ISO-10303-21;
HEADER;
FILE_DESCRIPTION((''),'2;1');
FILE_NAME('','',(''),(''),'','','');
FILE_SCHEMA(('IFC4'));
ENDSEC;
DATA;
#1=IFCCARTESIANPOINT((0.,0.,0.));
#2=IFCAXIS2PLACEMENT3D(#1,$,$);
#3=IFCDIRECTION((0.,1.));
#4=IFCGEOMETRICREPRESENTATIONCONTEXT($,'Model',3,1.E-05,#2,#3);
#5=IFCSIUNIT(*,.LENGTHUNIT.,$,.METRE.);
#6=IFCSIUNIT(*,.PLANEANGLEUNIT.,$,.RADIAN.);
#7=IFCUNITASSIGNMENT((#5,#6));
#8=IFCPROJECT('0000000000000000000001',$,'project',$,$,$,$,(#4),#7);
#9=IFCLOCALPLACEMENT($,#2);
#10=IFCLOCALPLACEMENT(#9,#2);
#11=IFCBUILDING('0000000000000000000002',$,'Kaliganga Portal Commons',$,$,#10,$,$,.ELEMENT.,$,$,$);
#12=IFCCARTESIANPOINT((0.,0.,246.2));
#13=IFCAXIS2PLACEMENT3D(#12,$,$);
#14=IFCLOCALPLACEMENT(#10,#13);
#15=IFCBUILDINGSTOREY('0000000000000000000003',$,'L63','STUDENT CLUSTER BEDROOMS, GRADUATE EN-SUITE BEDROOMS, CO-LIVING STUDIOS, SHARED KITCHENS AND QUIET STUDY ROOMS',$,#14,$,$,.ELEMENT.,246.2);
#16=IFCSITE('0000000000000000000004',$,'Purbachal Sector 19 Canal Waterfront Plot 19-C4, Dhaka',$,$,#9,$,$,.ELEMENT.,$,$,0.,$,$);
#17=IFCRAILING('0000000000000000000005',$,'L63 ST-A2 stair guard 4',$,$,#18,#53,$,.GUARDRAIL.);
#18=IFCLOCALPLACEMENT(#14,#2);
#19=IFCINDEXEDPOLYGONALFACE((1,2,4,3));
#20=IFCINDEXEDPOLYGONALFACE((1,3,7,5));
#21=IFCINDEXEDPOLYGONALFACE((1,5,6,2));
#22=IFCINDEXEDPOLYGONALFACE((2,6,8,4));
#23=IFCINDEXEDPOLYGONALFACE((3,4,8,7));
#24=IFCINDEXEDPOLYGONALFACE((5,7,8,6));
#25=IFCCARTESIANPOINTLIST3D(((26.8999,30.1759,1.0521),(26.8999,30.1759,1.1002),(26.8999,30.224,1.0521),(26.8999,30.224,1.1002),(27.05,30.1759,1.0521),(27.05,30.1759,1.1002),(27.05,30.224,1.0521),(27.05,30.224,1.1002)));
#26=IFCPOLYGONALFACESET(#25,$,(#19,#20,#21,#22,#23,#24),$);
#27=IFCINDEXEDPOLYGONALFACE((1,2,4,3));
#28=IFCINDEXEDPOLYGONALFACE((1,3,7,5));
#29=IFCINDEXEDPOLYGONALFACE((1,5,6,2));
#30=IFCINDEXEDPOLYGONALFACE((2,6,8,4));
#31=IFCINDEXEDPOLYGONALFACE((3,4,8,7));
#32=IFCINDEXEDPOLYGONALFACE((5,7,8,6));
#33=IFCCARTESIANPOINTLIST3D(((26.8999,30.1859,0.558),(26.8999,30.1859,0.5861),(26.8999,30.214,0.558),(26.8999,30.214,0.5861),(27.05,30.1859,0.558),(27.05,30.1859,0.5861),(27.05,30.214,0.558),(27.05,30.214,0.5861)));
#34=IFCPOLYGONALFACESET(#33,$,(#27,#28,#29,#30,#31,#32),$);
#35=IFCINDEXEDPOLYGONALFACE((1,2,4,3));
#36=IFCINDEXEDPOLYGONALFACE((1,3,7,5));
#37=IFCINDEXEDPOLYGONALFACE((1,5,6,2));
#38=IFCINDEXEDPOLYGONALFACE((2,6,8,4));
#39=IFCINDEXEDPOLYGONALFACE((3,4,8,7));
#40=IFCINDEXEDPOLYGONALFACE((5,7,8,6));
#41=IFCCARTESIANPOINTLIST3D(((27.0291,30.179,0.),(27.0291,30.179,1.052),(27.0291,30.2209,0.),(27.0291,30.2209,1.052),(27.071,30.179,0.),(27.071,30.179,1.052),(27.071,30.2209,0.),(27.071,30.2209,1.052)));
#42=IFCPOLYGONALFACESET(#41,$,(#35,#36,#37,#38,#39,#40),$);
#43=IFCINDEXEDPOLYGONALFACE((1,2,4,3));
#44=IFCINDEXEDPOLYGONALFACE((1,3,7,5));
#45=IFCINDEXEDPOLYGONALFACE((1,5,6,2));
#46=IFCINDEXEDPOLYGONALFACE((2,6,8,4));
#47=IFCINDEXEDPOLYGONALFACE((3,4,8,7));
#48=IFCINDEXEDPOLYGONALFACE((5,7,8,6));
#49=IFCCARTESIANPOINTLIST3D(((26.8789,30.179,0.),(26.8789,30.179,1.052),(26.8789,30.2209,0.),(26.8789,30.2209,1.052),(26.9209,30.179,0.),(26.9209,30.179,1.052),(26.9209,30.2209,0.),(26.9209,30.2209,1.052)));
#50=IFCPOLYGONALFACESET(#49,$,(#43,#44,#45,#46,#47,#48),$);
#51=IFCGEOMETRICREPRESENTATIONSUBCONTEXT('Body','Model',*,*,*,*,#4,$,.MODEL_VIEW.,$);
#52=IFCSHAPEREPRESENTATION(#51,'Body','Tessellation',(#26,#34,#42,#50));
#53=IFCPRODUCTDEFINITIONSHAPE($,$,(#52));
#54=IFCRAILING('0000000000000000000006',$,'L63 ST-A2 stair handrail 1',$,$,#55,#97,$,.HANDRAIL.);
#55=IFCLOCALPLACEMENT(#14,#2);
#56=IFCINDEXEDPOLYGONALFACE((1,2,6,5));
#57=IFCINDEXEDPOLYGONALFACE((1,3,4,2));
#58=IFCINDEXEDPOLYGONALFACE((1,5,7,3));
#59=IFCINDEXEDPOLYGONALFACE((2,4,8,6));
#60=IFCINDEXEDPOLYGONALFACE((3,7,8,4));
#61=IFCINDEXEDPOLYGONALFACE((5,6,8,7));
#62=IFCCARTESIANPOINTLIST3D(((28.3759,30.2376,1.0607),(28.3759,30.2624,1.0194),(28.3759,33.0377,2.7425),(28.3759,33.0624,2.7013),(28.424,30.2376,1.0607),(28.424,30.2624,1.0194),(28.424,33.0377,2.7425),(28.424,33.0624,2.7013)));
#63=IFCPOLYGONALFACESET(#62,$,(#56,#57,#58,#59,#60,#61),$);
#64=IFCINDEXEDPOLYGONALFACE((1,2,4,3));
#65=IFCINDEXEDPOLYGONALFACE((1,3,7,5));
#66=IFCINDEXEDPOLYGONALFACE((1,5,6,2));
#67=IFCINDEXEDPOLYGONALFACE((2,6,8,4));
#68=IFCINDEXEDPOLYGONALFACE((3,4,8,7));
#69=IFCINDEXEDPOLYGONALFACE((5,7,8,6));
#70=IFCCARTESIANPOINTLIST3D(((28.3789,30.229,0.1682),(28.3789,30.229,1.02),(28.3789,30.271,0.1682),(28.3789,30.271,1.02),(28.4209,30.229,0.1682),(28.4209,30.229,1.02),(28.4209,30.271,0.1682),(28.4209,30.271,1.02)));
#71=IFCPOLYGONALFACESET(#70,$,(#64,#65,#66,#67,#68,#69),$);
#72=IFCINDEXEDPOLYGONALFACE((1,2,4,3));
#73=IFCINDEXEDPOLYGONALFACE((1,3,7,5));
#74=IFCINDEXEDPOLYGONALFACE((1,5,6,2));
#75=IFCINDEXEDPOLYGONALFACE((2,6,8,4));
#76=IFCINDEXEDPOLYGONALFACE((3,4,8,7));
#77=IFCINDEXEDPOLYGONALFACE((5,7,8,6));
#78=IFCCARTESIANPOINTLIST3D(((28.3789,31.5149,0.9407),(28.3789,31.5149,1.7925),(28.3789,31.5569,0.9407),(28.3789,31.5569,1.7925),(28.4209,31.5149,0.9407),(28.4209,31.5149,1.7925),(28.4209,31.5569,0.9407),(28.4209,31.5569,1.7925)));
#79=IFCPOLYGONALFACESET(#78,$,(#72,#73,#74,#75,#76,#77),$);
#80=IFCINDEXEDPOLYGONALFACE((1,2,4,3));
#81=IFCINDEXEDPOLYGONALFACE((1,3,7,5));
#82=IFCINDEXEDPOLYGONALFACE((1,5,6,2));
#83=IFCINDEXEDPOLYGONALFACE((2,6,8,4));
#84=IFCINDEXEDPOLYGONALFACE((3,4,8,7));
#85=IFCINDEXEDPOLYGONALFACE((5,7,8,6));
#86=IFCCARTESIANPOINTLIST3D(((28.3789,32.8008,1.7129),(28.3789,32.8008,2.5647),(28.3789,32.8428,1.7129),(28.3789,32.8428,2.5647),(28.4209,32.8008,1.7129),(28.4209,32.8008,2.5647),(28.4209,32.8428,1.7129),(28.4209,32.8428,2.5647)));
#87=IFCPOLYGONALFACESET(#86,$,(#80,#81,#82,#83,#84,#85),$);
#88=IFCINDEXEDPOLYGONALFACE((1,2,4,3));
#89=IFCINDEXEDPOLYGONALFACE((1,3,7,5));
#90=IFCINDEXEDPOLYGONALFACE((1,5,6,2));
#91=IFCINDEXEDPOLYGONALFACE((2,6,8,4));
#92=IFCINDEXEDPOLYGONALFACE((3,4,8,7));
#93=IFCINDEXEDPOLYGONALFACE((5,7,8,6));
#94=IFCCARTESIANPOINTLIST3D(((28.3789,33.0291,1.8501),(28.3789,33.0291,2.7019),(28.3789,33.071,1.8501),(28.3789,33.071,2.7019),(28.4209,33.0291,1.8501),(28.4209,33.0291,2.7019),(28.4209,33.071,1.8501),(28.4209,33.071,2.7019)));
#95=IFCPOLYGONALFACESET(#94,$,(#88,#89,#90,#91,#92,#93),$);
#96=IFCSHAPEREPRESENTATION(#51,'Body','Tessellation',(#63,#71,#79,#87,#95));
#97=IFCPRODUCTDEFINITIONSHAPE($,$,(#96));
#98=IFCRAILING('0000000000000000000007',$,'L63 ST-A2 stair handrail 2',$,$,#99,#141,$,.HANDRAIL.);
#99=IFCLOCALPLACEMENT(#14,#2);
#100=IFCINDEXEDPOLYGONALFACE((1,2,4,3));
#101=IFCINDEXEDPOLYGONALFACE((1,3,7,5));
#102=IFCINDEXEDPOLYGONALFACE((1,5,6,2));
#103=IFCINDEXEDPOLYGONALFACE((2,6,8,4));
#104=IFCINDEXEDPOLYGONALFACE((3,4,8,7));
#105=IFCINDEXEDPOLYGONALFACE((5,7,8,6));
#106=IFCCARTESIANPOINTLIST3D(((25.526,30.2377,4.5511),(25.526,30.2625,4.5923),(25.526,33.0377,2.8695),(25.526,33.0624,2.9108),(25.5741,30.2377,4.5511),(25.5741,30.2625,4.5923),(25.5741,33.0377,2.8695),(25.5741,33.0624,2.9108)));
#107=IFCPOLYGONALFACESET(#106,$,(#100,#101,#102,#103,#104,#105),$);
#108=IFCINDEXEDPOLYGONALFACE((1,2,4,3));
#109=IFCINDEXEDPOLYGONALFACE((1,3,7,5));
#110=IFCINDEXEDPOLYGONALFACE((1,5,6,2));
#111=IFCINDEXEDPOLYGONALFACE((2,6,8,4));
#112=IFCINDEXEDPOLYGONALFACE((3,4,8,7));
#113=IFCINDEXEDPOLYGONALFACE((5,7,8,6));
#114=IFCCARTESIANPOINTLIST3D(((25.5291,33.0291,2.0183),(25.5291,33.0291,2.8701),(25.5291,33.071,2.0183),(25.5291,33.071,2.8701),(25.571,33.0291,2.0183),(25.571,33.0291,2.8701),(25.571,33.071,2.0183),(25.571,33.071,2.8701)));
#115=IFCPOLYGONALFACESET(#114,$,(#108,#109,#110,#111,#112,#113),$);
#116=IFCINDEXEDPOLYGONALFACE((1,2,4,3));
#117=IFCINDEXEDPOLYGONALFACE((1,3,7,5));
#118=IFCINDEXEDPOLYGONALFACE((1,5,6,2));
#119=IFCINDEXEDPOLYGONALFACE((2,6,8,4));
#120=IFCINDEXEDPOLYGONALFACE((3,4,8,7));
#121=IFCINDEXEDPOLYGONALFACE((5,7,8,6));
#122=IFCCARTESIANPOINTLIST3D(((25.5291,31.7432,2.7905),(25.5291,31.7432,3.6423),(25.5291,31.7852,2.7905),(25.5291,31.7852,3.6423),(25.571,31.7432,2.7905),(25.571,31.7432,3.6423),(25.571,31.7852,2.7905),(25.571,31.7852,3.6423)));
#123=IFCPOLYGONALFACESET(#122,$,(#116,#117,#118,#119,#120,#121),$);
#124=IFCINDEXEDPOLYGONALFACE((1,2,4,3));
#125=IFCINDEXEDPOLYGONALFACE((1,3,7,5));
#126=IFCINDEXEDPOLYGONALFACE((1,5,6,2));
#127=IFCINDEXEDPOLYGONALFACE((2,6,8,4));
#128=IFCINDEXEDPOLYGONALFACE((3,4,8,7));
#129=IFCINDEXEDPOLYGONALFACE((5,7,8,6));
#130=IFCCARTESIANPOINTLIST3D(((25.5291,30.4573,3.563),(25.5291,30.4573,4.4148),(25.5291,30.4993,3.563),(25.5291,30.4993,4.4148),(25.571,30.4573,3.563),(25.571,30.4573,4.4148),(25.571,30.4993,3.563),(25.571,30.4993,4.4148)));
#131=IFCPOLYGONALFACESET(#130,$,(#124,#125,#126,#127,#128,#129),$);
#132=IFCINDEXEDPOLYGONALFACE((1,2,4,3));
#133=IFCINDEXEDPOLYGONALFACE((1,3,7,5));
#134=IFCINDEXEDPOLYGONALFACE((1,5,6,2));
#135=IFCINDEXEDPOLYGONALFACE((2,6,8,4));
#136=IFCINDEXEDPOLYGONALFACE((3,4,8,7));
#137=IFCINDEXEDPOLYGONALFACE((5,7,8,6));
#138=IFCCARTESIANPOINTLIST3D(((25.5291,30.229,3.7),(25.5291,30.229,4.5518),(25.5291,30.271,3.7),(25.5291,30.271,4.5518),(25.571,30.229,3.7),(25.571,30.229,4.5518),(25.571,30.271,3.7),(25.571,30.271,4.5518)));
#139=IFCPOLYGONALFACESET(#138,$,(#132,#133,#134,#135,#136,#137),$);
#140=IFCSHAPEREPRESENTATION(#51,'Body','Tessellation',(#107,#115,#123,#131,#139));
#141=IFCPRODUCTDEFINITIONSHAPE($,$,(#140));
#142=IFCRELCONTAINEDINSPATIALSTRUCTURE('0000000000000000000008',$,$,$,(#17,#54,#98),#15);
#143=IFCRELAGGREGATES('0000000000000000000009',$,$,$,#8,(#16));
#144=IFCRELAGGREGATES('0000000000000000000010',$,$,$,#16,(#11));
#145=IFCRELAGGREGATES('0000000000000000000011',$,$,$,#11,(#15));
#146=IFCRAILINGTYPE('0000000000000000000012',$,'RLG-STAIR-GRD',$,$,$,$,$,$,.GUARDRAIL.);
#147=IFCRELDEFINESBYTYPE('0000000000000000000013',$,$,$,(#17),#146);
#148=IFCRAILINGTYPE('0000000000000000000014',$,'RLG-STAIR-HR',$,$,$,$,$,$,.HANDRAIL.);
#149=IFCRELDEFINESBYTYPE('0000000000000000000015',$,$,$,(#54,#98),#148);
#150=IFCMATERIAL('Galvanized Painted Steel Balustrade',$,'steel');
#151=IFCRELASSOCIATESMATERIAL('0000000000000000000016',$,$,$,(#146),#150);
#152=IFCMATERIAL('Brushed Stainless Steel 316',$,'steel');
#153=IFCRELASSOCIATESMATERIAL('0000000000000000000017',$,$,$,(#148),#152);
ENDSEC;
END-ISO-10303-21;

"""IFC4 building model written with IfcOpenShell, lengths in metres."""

from ifc_helpers import new_model, si_unit, direction, frame, origin, origin_2d, place, context, subcontext, project, spatial, rectangle, extrude, material, type_object, element, save


model = new_model("IFC4")

# Units and contexts
model_context = context("Model", 3, precision=1e-05, world=origin(), true_north=direction((0.0, 1.0)))
body_context = subcontext(model_context, "Body", "Model", "MODEL_VIEW")
ifc_project = project(units=[si_unit("LENGTHUNIT", "METRE"), si_unit("PLANEANGLEUNIT", "RADIAN")], contexts=[model_context])

# Site, building, storey
site_placement = place(None, origin())
site = spatial("IfcSite", under=ifc_project, at=site_placement, Name="Purbachal Sector 19 Canal Waterfront Plot 19-C4, Dhaka", CompositionType="ELEMENT", RefElevation=0.0)
building_placement = place(site_placement, origin())
building = spatial("IfcBuilding", under=site, at=building_placement, Name="Kaliganga Portal Commons", CompositionType="ELEMENT")
storey_placement = place(building_placement, frame((0.0, 0.0, 246.2)))
storey = spatial("IfcBuildingStorey", under=building, at=storey_placement, Name="L63", Description="STUDENT CLUSTER BEDROOMS, GRADUATE EN-SUITE BEDROOMS, CO-LIVING STUDIOS, SHARED KITCHENS AND QUIET STUDY ROOMS", CompositionType="ELEMENT", Elevation=246.2)

# Railings
ifc_material_1 = material(Name="Galvanized Painted Steel Balustrade", Category="steel")
railing_type_1 = type_object("IfcRailingType", Name="RLG-STAIR-GRD", PredefinedType="GUARDRAIL", material=ifc_material_1)
railing_1_placement = place(storey_placement, frame((27.05, 30.2, 0.0)))
element("IfcRailing", 1, at=railing_1_placement, inside=storey, type_object=railing_type_1, Name="L63 ST-A2 stair guard 4", PredefinedType="GUARDRAIL", context=body_context, shape_type="SweptSolid", body=[
    extrude(rectangle(XDim=0.0481, YDim=0.0481, at=origin_2d()), frame((0.0, 0.0, 1.0762), z_axis=(-1.0, 0.0, 0.0), x_axis=(0.0, -1.0, 0.0)), (0.0, 0.0, 1.0), 0.1501),
    extrude(rectangle(XDim=0.0281, YDim=0.0281, at=origin_2d()), frame((0.0, 0.0, 0.572), z_axis=(-1.0, 0.0, 0.0), x_axis=(0.0, -1.0, 0.0)), (0.0, 0.0, 1.0), 0.1501),
    extrude(rectangle(XDim=0.042, YDim=0.042, at=origin_2d()), origin(), (0.0, 0.0, 1.0), 1.052),
    extrude(rectangle(XDim=0.042, YDim=0.042, at=origin_2d()), frame((-0.1501, 0.0, 0.0)), (0.0, 0.0, 1.0), 1.052),
])
ifc_material_2 = material(Name="Brushed Stainless Steel 316", Category="steel")
railing_type_2 = type_object("IfcRailingType", Name="RLG-STAIR-HR", PredefinedType="HANDRAIL", material=ifc_material_2)
railing_2_placement = place(storey_placement, frame((28.3999, 30.25, 0.1682)))
element("IfcRailing", 2, at=railing_2_placement, inside=storey, type_object=railing_type_2, Name="L63 ST-A2 stair handrail 1", PredefinedType="HANDRAIL", context=body_context, shape_type="SweptSolid", body=[
    extrude(rectangle(XDim=0.0481, YDim=0.0481, at=origin_2d()), frame((0.0, 0.0, 0.8718), z_axis=(0.0, 0.857242, 0.514913), x_axis=(-1.0, 0.0, 0.0)), (0.0, 0.0, 1.0), 3.2664),
    extrude(rectangle(XDim=0.042, YDim=0.042, at=origin_2d()), origin(), (0.0, 0.0, 1.0), 0.8518),
    extrude(rectangle(XDim=0.042, YDim=0.042, at=origin_2d()), frame((0.0, 1.2859, 0.7725)), (0.0, 0.0, 1.0), 0.8518),
    extrude(rectangle(XDim=0.042, YDim=0.042, at=origin_2d()), frame((0.0, 2.5718, 1.5447)), (0.0, 0.0, 1.0), 0.8518),
    extrude(rectangle(XDim=0.042, YDim=0.042, at=origin_2d()), frame((0.0, 2.8, 1.6819)), (0.0, 0.0, 1.0), 0.8518),
])
railing_3_placement = place(storey_placement, frame((25.55, 33.05, 2.0183)))
element("IfcRailing", 3, at=railing_3_placement, inside=storey, type_object=railing_type_2, Name="L63 ST-A2 stair handrail 2", PredefinedType="HANDRAIL", context=body_context, shape_type="SweptSolid", body=[
    extrude(rectangle(XDim=0.0481, YDim=0.0481, at=origin_2d()), frame((0.0, 0.0, 0.8718), z_axis=(0.0, -0.857275, 0.514858), x_axis=(1.0, 0.0, 0.0)), (0.0, 0.0, 1.0), 3.2661),
    extrude(rectangle(XDim=0.042, YDim=0.042, at=origin_2d()), origin(), (0.0, 0.0, 1.0), 0.8518),
    extrude(rectangle(XDim=0.042, YDim=0.042, at=origin_2d()), frame((0.0, -1.2859, 0.7722)), (0.0, 0.0, 1.0), 0.8518),
    extrude(rectangle(XDim=0.042, YDim=0.042, at=origin_2d()), frame((0.0, -2.5718, 1.5447)), (0.0, 0.0, 1.0), 0.8518),
    extrude(rectangle(XDim=0.042, YDim=0.042, at=origin_2d()), frame((0.0, -2.8, 1.6816)), (0.0, 0.0, 1.0), 0.8518),
])

save(model, "model.ifc")
